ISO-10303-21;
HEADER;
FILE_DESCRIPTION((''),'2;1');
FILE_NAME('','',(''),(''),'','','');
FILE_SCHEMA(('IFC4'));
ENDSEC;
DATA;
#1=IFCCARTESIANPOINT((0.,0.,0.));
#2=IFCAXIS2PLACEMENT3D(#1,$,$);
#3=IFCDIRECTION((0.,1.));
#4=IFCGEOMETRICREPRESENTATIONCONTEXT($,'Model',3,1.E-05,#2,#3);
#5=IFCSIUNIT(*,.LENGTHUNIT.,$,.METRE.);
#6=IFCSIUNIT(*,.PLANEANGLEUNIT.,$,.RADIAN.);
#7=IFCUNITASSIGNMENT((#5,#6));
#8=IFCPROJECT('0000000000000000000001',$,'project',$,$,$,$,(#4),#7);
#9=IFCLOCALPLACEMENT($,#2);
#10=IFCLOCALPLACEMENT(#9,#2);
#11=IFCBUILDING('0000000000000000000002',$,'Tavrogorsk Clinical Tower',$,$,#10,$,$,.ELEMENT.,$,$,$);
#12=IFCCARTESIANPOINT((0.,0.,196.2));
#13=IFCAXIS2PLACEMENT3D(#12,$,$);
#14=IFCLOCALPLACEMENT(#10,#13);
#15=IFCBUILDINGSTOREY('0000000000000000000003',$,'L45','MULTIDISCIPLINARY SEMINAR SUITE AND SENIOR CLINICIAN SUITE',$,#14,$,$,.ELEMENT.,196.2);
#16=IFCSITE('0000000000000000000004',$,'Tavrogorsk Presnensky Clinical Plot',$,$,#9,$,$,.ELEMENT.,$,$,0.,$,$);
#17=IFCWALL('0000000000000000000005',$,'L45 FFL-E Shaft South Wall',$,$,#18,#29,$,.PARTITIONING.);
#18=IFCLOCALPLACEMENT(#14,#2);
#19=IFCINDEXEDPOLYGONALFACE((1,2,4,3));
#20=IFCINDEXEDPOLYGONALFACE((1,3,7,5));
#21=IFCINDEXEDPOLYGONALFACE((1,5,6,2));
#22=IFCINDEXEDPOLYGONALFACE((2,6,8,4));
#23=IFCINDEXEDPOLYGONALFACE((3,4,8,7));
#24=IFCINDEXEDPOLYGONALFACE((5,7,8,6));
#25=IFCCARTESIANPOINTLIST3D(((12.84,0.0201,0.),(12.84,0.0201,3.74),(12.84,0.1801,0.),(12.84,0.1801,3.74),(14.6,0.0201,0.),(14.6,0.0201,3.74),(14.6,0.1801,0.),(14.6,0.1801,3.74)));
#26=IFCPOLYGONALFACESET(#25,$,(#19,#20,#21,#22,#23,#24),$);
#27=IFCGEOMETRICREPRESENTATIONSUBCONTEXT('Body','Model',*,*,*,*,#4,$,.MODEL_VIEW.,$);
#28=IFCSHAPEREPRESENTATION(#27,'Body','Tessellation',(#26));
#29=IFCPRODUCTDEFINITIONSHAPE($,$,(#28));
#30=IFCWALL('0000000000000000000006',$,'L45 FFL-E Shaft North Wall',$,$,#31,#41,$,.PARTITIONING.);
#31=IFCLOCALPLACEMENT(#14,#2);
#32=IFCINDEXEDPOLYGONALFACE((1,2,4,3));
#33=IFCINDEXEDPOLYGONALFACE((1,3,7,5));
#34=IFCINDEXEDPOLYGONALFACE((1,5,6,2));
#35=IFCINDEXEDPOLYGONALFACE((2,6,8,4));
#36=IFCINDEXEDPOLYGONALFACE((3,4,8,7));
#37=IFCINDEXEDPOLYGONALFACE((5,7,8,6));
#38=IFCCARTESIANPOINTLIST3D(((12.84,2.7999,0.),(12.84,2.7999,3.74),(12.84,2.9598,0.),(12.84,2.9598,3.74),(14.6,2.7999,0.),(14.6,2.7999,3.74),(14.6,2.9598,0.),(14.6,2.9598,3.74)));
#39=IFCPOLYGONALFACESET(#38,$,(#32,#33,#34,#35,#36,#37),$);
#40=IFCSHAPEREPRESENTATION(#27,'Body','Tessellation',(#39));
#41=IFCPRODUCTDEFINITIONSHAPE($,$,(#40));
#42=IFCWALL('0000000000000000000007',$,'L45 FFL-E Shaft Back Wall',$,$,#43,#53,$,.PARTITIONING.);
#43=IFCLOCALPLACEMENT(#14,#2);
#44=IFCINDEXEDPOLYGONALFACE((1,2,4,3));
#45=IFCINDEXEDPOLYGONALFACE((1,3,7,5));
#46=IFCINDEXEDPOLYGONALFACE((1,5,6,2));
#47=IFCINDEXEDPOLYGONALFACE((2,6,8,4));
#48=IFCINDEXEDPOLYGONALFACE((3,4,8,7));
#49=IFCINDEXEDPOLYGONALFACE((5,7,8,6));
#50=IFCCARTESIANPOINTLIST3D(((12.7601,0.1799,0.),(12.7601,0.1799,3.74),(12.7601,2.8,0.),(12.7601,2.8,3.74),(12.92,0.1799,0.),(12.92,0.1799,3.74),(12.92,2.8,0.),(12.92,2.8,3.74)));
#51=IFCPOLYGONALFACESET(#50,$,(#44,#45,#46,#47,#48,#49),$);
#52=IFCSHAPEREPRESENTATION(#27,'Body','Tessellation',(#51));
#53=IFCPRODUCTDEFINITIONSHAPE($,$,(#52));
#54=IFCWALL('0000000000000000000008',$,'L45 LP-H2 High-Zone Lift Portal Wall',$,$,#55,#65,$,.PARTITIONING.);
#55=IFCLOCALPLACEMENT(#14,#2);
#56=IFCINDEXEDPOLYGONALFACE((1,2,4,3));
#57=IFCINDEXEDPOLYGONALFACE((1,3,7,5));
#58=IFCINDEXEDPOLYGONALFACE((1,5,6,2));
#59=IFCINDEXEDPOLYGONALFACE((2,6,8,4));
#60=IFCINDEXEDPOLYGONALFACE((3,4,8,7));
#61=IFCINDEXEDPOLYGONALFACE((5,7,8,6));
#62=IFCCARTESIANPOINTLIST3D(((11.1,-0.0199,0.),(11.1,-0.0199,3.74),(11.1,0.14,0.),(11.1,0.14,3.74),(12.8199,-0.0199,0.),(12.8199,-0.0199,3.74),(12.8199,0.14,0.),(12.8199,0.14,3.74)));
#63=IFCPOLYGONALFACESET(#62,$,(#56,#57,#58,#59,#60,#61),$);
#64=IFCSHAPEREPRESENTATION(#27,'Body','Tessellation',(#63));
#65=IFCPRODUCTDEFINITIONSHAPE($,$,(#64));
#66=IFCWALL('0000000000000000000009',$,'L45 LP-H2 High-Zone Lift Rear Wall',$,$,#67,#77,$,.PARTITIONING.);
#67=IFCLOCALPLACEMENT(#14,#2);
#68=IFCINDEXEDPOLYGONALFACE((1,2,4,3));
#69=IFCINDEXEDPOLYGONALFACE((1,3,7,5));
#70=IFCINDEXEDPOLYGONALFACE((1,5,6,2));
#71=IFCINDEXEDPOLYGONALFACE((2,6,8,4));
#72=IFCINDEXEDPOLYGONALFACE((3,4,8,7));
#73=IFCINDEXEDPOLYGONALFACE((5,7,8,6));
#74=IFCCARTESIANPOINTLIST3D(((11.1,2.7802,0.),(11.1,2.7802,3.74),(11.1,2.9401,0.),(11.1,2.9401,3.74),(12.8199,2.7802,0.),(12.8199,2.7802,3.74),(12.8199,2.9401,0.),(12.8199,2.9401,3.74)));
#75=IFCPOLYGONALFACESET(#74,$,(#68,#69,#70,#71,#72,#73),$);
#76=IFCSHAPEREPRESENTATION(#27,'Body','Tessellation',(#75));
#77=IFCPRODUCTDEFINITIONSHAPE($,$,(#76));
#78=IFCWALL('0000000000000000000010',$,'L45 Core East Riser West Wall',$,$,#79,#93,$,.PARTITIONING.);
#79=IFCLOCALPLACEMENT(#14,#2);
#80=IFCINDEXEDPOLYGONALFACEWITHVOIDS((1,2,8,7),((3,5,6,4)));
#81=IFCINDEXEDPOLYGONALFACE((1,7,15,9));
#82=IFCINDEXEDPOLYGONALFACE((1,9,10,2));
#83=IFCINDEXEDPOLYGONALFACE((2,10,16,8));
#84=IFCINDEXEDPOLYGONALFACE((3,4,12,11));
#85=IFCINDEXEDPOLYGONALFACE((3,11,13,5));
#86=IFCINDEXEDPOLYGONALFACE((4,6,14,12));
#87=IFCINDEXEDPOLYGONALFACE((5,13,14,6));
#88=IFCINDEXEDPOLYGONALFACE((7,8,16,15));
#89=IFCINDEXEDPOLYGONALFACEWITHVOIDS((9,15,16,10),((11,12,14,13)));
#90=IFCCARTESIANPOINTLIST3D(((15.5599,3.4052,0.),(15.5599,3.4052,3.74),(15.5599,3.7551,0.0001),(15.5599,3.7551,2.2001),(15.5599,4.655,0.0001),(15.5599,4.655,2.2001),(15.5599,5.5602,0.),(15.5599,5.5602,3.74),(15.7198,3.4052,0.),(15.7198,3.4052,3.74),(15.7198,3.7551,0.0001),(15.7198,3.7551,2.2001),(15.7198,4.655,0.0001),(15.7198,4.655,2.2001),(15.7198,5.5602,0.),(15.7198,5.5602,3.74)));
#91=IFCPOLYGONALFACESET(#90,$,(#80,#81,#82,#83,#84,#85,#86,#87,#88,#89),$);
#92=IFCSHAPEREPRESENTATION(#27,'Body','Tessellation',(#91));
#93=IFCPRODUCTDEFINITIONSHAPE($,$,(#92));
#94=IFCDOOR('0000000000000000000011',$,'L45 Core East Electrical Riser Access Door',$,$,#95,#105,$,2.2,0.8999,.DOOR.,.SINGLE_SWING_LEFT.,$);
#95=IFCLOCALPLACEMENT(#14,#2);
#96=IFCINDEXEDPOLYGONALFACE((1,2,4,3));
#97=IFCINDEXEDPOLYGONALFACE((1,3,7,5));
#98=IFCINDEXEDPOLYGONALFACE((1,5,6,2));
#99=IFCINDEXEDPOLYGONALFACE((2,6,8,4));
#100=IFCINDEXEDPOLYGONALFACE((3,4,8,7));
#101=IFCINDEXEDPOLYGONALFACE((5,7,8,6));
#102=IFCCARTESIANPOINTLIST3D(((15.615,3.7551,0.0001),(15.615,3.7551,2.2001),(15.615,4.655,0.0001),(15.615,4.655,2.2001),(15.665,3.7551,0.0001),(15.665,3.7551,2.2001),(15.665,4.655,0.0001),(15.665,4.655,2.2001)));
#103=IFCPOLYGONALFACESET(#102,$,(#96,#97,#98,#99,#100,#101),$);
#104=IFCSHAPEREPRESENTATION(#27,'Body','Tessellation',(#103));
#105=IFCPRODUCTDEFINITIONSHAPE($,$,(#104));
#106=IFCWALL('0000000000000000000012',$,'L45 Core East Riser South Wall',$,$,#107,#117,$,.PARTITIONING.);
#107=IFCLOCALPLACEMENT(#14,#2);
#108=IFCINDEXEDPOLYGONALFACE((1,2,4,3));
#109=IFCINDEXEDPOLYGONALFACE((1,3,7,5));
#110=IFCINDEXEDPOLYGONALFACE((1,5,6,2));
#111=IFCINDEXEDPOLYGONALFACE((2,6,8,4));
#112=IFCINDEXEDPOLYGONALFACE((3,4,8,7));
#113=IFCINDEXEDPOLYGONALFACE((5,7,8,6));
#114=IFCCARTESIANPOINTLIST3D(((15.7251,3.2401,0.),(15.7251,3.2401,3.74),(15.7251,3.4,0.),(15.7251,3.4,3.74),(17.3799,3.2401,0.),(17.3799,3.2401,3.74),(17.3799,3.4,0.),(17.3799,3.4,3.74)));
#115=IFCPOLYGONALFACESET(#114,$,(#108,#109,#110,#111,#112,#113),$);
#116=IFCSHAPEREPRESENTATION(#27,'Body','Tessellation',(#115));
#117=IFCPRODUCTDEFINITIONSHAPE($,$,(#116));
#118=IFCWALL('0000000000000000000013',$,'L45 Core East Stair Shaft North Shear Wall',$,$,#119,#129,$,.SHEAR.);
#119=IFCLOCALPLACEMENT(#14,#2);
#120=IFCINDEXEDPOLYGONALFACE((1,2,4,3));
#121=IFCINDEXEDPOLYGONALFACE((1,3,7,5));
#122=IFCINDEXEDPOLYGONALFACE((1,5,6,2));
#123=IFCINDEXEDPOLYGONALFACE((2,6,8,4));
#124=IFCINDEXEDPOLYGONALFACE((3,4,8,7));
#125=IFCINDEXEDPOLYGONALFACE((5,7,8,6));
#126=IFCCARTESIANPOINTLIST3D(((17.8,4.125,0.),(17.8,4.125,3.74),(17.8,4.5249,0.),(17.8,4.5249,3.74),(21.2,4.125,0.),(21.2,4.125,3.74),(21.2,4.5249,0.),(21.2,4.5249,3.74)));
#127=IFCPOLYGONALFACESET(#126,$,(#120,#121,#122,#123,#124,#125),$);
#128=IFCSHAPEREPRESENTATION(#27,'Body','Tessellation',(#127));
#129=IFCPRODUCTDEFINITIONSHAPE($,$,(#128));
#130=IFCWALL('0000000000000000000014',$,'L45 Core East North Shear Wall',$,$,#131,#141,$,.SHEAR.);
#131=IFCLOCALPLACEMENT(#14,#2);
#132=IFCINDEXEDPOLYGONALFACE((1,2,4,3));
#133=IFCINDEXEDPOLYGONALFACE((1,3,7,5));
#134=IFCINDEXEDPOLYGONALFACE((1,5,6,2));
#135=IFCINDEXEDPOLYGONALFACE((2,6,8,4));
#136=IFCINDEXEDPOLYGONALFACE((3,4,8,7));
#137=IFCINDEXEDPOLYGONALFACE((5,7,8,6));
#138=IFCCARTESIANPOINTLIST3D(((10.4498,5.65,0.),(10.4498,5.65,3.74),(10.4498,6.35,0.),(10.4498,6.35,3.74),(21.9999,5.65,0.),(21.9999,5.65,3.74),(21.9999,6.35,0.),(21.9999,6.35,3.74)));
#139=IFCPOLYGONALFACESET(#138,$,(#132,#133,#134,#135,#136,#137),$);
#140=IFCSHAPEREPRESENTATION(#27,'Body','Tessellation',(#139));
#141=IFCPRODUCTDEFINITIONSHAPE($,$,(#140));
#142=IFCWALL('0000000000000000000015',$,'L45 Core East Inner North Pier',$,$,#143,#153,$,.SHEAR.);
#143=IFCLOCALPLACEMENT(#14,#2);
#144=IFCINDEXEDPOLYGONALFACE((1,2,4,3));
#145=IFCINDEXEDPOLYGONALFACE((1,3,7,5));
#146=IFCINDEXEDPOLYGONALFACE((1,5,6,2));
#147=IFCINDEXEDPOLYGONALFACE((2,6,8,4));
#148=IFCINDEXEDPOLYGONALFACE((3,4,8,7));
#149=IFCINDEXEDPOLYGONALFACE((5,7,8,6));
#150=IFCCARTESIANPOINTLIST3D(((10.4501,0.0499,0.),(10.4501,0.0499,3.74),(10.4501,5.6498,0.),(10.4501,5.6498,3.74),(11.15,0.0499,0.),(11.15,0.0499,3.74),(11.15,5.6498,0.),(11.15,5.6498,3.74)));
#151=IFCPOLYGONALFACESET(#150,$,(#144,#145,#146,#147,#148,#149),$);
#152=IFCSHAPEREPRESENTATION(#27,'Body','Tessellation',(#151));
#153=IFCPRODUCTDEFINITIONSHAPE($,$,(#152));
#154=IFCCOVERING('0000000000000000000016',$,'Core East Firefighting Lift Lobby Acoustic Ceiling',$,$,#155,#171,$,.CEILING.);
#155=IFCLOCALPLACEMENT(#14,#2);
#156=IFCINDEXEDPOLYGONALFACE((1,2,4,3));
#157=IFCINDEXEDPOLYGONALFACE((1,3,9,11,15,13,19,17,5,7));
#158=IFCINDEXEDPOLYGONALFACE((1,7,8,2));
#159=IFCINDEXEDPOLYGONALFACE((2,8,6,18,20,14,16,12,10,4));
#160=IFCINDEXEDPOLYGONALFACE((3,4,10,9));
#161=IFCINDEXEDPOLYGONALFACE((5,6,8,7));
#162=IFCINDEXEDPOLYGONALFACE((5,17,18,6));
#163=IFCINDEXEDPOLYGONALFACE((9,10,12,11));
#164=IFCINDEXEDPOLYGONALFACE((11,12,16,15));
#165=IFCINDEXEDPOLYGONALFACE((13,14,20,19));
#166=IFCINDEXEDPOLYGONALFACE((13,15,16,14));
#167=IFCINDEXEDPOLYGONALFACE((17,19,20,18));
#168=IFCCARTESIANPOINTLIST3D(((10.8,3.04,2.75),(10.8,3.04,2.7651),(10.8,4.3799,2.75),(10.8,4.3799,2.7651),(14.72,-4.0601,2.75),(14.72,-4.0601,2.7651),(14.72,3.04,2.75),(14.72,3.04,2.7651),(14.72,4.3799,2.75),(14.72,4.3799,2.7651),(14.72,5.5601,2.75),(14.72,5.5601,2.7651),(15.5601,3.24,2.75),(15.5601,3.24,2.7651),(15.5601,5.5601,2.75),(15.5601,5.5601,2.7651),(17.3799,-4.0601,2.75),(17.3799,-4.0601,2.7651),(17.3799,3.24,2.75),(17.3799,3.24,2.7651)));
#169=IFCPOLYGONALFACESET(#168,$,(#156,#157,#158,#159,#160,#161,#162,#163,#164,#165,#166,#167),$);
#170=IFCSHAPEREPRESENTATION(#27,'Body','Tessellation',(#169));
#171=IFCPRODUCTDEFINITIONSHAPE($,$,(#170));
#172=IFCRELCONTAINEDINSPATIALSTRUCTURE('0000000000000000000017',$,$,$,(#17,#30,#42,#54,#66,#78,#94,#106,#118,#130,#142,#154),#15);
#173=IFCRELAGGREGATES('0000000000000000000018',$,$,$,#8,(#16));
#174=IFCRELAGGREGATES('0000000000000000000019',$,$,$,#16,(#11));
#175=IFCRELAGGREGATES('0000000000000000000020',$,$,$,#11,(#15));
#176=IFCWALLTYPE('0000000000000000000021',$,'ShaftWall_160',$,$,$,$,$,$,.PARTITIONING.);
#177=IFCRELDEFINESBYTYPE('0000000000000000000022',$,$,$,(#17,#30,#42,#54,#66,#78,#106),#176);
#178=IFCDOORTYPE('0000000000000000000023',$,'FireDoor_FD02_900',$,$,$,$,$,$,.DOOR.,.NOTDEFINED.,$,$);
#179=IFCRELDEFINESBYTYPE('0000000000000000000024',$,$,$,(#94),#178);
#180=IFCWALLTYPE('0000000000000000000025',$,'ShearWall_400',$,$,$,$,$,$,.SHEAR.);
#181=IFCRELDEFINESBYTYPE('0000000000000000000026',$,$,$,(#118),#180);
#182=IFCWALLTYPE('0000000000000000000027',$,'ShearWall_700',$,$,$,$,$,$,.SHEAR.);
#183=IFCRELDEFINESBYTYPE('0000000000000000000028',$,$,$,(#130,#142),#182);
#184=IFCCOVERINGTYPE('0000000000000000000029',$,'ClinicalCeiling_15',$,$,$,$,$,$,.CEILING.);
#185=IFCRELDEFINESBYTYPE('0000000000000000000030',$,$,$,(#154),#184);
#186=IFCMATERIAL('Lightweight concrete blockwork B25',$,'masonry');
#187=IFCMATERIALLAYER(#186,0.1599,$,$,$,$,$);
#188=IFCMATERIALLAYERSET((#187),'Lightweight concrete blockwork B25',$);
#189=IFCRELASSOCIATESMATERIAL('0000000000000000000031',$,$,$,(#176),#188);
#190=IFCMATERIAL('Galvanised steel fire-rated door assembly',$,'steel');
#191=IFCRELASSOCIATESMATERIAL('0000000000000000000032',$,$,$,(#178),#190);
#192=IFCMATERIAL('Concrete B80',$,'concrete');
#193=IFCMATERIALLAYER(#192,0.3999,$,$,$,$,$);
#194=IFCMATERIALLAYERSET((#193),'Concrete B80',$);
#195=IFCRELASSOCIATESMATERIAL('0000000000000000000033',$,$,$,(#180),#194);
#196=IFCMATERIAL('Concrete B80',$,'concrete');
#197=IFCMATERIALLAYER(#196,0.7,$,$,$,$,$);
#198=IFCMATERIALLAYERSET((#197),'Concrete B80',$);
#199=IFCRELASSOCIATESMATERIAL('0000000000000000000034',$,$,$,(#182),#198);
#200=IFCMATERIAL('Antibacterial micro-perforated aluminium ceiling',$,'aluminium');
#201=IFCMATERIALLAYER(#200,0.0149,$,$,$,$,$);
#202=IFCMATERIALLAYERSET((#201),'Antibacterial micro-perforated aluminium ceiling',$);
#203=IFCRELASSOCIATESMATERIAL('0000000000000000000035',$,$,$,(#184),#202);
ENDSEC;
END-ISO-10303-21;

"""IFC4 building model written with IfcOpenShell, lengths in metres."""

from ifc_helpers import new_model, si_unit, direction, frame, frame_2d, origin, place, context, subcontext, project, spatial, polyline, rectangle, outline, extrude, material, layer, layer_set, type_object, element, fill, save


model = new_model("IFC4")

# Units and contexts
model_context = context("Model", 3, precision=1e-05, world=origin(), true_north=direction((0.0, 1.0)))
body_context = subcontext(model_context, "Body", "Model", "MODEL_VIEW")
ifc_project = project(units=[si_unit("LENGTHUNIT", "METRE"), si_unit("PLANEANGLEUNIT", "RADIAN")], contexts=[model_context])

# Site, building, storey
site_placement = place(None, origin())
site = spatial("IfcSite", under=ifc_project, at=site_placement, Name="Tavrogorsk Presnensky Clinical Plot", CompositionType="ELEMENT", RefElevation=0.0)
building_placement = place(site_placement, origin())
building = spatial("IfcBuilding", under=site, at=building_placement, Name="Tavrogorsk Clinical Tower", CompositionType="ELEMENT")
storey_placement = place(building_placement, frame((0.0, 0.0, 196.2)))
storey = spatial("IfcBuildingStorey", under=building, at=storey_placement, Name="L45", Description="MULTIDISCIPLINARY SEMINAR SUITE AND SENIOR CLINICIAN SUITE", CompositionType="ELEMENT", Elevation=196.2)

# Shared definitions
ifc_material_1 = material(Name="Lightweight concrete blockwork B25", Category="masonry")
ifc_layer_1 = layer(ifc_material_1, 0.1599)
ifc_layer_set_1 = layer_set([ifc_layer_1], Name="Lightweight concrete blockwork B25")
wall_type_1 = type_object("IfcWallType", Name="ShaftWall_160", PredefinedType="PARTITIONING", material=ifc_layer_set_1)

# Walls
for number, where, z_axis, x_axis, name in (
    (1, (12.8401, 0.1001, 0.0), (0.0, 0.0, 1.0), (1.0, 0.0, 0.0), "L45 FFL-E Shaft South Wall"),
    (2, (12.8401, 2.8799, 0.0), (0.0, 0.0, 1.0), (1.0, 0.0, 0.0), "L45 FFL-E Shaft North Wall"),
):
    element("IfcWall", number, at=place(storey_placement, frame(where, z_axis=z_axis, x_axis=x_axis)), inside=storey, type_object=wall_type_1, Name=name, PredefinedType="PARTITIONING", context=body_context, shape_type="SweptSolid", body=[
        extrude(rectangle(XDim=1.76, YDim=0.1599, at=frame_2d((0.8799, 0.0))), origin(), (0.0, 0.0, 1.0), 3.74),
    ])
wall_1_placement = place(storey_placement, frame((12.8401, 0.1799, 0.0), z_axis=(0.0, 0.0, 1.0), x_axis=(0.0, 1.0, 0.0)))
element("IfcWall", 3, at=wall_1_placement, inside=storey, type_object=wall_type_1, Name="L45 FFL-E Shaft Back Wall", PredefinedType="PARTITIONING", context=body_context, shape_type="SweptSolid", body=[
    extrude(rectangle(XDim=2.6201, YDim=0.1599, at=frame_2d((1.3101, 0.0))), origin(), (0.0, 0.0, 1.0), 3.74),
])
for number, where, z_axis, x_axis, name in (
    (4, (11.1001, 0.0601, 0.0), (0.0, 0.0, 1.0), (1.0, 0.0, 0.0), "L45 LP-H2 High-Zone Lift Portal Wall"),
    (5, (11.1001, 2.8601, 0.0), (0.0, 0.0, 1.0), (1.0, 0.0, 0.0), "L45 LP-H2 High-Zone Lift Rear Wall"),
):
    element("IfcWall", number, at=place(storey_placement, frame(where, z_axis=z_axis, x_axis=x_axis)), inside=storey, type_object=wall_type_1, Name=name, PredefinedType="PARTITIONING", context=body_context, shape_type="SweptSolid", body=[
        extrude(rectangle(XDim=1.72, YDim=0.1599, at=frame_2d((0.8599, 0.0))), origin(), (0.0, 0.0, 1.0), 3.74),
    ])

# Wall, opening, door
wall_2_placement = place(storey_placement, frame((15.6399, 3.405, 0.0), z_axis=(0.0, 0.0, 1.0), x_axis=(0.0, 1.0, 0.0)))
wall_2 = element("IfcWall", 6, at=wall_2_placement, inside=storey, type_object=wall_type_1, Name="L45 Core East Riser West Wall", PredefinedType="PARTITIONING", context=body_context, shape_type="SweptSolid", body=[
    extrude(rectangle(XDim=2.155, YDim=0.1599, at=frame_2d((1.0776, 0.0))), origin(), (0.0, 0.0, 1.0), 3.74),
])
opening_1_placement = place(wall_2_placement, frame((0.3501, 0.0, 0.0)))
opening_1 = element("IfcOpeningElement", 7, at=opening_1_placement, cuts=wall_2, PredefinedType="OPENING", context=body_context, shape_type="SweptSolid", body=[
    extrude(rectangle(XDim=0.8999, YDim=2.2, at=frame_2d((0.45, 1.1001))), frame((0.0, 0.0898, 0.0), z_axis=(0.0, -1.0, 0.0), x_axis=(1.0, 0.0, 0.0)), (0.0, 0.0, 1.0), 0.1799),
])
ifc_material_2 = material(Name="Galvanised steel fire-rated door assembly", Category="steel")
door_type_1 = type_object("IfcDoorType", Name="FireDoor_FD02_900", OperationType="NOTDEFINED", PredefinedType="DOOR", material=ifc_material_2)
door_1_placement = place(opening_1_placement, origin())
door_1 = element("IfcDoor", 8, at=door_1_placement, inside=storey, type_object=door_type_1, Name="L45 Core East Electrical Riser Access Door", OperationType="SINGLE_SWING_LEFT", OverallHeight=2.2, OverallWidth=0.8999, PredefinedType="DOOR", context=body_context, shape_type="SweptSolid", body=[
    extrude(rectangle(XDim=0.8999, YDim=2.2, at=frame_2d((0.45, 1.1001))), frame((0.0, 0.0249, 0.0), z_axis=(0.0, -1.0, 0.0), x_axis=(1.0, 0.0, 0.0)), (0.0, 0.0, 1.0), 0.05),
])
fill(opening_1, door_1)

# Walls
wall_3_placement = place(storey_placement, frame((15.7251, 3.3201, 0.0), z_axis=(0.0, 0.0, 1.0), x_axis=(1.0, 0.0, 0.0)))
element("IfcWall", 9, at=wall_3_placement, inside=storey, type_object=wall_type_1, Name="L45 Core East Riser South Wall", PredefinedType="PARTITIONING", context=body_context, shape_type="SweptSolid", body=[
    extrude(rectangle(XDim=1.6548, YDim=0.1599, at=frame_2d((0.8274, 0.0))), origin(), (0.0, 0.0, 1.0), 3.74),
])
ifc_material_3 = material(Name="Concrete B80", Category="concrete")
ifc_layer_2 = layer(ifc_material_3, 0.3999)
ifc_layer_set_2 = layer_set([ifc_layer_2], Name="Concrete B80")
wall_type_2 = type_object("IfcWallType", Name="ShearWall_400", PredefinedType="SHEAR", material=ifc_layer_set_2)
wall_4_placement = place(storey_placement, frame((17.8, 4.325, 0.0), z_axis=(0.0, 0.0, 1.0), x_axis=(1.0, 0.0, 0.0)))
element("IfcWall", 10, at=wall_4_placement, inside=storey, type_object=wall_type_2, Name="L45 Core East Stair Shaft North Shear Wall", PredefinedType="SHEAR", context=body_context, shape_type="SweptSolid", body=[
    extrude(rectangle(XDim=3.3999, YDim=0.3999, at=frame_2d((1.7, 0.0))), origin(), (0.0, 0.0, 1.0), 3.74),
])
ifc_material_4 = material(Name="Concrete B80", Category="concrete")
ifc_layer_3 = layer(ifc_material_4, 0.7)
ifc_layer_set_3 = layer_set([ifc_layer_3], Name="Concrete B80")
wall_type_3 = type_object("IfcWallType", Name="ShearWall_700", PredefinedType="SHEAR", material=ifc_layer_set_3)
wall_5_placement = place(storey_placement, frame((10.45, 6.0, 0.0), z_axis=(0.0, 0.0, 1.0), x_axis=(1.0, 0.0, 0.0)))
element("IfcWall", 11, at=wall_5_placement, inside=storey, type_object=wall_type_3, Name="L45 Core East North Shear Wall", PredefinedType="SHEAR", context=body_context, shape_type="SweptSolid", body=[
    extrude(rectangle(XDim=11.55, YDim=0.7, at=frame_2d((5.7749, 0.0))), origin(), (0.0, 0.0, 1.0), 3.74),
])
wall_6_placement = place(storey_placement, frame((10.8, 0.05, 0.0), z_axis=(0.0, 0.0, 1.0), x_axis=(0.0, 1.0, 0.0)))
element("IfcWall", 12, at=wall_6_placement, inside=storey, type_object=wall_type_3, Name="L45 Core East Inner North Pier", PredefinedType="SHEAR", context=body_context, shape_type="SweptSolid", body=[
    extrude(rectangle(XDim=5.5999, YDim=0.7, at=frame_2d((2.7998, 0.0))), origin(), (0.0, 0.0, 1.0), 3.74),
])

# Covering
ifc_material_5 = material(Name="Antibacterial micro-perforated aluminium ceiling", Category="aluminium")
ifc_layer_4 = layer(ifc_material_5, 0.0149)
ifc_layer_set_4 = layer_set([ifc_layer_4], Name="Antibacterial micro-perforated aluminium ceiling")
covering_type = type_object("IfcCoveringType", Name="ClinicalCeiling_15", PredefinedType="CEILING", material=ifc_layer_set_4)
covering_placement = place(storey_placement, frame((0.0, 0.0, 2.75)))
element("IfcCovering", 13, at=covering_placement, inside=storey, type_object=covering_type, Name="Core East Firefighting Lift Lobby Acoustic Ceiling", PredefinedType="CEILING", context=body_context, shape_type="SweptSolid", body=[
    extrude(outline(polyline([(14.72, -4.0601), (14.72, 3.04), (10.8, 3.04), (10.8, 4.3799), (14.72, 4.3799), (14.72, 5.5601), (15.5601, 5.5601), (15.5601, 3.24), (17.3799, 3.24), (17.3799, -4.0601), (14.72, -4.0601)])), origin(), (0.0, 0.0, 1.0), 0.0151),
])

save(model, "model.ifc")
